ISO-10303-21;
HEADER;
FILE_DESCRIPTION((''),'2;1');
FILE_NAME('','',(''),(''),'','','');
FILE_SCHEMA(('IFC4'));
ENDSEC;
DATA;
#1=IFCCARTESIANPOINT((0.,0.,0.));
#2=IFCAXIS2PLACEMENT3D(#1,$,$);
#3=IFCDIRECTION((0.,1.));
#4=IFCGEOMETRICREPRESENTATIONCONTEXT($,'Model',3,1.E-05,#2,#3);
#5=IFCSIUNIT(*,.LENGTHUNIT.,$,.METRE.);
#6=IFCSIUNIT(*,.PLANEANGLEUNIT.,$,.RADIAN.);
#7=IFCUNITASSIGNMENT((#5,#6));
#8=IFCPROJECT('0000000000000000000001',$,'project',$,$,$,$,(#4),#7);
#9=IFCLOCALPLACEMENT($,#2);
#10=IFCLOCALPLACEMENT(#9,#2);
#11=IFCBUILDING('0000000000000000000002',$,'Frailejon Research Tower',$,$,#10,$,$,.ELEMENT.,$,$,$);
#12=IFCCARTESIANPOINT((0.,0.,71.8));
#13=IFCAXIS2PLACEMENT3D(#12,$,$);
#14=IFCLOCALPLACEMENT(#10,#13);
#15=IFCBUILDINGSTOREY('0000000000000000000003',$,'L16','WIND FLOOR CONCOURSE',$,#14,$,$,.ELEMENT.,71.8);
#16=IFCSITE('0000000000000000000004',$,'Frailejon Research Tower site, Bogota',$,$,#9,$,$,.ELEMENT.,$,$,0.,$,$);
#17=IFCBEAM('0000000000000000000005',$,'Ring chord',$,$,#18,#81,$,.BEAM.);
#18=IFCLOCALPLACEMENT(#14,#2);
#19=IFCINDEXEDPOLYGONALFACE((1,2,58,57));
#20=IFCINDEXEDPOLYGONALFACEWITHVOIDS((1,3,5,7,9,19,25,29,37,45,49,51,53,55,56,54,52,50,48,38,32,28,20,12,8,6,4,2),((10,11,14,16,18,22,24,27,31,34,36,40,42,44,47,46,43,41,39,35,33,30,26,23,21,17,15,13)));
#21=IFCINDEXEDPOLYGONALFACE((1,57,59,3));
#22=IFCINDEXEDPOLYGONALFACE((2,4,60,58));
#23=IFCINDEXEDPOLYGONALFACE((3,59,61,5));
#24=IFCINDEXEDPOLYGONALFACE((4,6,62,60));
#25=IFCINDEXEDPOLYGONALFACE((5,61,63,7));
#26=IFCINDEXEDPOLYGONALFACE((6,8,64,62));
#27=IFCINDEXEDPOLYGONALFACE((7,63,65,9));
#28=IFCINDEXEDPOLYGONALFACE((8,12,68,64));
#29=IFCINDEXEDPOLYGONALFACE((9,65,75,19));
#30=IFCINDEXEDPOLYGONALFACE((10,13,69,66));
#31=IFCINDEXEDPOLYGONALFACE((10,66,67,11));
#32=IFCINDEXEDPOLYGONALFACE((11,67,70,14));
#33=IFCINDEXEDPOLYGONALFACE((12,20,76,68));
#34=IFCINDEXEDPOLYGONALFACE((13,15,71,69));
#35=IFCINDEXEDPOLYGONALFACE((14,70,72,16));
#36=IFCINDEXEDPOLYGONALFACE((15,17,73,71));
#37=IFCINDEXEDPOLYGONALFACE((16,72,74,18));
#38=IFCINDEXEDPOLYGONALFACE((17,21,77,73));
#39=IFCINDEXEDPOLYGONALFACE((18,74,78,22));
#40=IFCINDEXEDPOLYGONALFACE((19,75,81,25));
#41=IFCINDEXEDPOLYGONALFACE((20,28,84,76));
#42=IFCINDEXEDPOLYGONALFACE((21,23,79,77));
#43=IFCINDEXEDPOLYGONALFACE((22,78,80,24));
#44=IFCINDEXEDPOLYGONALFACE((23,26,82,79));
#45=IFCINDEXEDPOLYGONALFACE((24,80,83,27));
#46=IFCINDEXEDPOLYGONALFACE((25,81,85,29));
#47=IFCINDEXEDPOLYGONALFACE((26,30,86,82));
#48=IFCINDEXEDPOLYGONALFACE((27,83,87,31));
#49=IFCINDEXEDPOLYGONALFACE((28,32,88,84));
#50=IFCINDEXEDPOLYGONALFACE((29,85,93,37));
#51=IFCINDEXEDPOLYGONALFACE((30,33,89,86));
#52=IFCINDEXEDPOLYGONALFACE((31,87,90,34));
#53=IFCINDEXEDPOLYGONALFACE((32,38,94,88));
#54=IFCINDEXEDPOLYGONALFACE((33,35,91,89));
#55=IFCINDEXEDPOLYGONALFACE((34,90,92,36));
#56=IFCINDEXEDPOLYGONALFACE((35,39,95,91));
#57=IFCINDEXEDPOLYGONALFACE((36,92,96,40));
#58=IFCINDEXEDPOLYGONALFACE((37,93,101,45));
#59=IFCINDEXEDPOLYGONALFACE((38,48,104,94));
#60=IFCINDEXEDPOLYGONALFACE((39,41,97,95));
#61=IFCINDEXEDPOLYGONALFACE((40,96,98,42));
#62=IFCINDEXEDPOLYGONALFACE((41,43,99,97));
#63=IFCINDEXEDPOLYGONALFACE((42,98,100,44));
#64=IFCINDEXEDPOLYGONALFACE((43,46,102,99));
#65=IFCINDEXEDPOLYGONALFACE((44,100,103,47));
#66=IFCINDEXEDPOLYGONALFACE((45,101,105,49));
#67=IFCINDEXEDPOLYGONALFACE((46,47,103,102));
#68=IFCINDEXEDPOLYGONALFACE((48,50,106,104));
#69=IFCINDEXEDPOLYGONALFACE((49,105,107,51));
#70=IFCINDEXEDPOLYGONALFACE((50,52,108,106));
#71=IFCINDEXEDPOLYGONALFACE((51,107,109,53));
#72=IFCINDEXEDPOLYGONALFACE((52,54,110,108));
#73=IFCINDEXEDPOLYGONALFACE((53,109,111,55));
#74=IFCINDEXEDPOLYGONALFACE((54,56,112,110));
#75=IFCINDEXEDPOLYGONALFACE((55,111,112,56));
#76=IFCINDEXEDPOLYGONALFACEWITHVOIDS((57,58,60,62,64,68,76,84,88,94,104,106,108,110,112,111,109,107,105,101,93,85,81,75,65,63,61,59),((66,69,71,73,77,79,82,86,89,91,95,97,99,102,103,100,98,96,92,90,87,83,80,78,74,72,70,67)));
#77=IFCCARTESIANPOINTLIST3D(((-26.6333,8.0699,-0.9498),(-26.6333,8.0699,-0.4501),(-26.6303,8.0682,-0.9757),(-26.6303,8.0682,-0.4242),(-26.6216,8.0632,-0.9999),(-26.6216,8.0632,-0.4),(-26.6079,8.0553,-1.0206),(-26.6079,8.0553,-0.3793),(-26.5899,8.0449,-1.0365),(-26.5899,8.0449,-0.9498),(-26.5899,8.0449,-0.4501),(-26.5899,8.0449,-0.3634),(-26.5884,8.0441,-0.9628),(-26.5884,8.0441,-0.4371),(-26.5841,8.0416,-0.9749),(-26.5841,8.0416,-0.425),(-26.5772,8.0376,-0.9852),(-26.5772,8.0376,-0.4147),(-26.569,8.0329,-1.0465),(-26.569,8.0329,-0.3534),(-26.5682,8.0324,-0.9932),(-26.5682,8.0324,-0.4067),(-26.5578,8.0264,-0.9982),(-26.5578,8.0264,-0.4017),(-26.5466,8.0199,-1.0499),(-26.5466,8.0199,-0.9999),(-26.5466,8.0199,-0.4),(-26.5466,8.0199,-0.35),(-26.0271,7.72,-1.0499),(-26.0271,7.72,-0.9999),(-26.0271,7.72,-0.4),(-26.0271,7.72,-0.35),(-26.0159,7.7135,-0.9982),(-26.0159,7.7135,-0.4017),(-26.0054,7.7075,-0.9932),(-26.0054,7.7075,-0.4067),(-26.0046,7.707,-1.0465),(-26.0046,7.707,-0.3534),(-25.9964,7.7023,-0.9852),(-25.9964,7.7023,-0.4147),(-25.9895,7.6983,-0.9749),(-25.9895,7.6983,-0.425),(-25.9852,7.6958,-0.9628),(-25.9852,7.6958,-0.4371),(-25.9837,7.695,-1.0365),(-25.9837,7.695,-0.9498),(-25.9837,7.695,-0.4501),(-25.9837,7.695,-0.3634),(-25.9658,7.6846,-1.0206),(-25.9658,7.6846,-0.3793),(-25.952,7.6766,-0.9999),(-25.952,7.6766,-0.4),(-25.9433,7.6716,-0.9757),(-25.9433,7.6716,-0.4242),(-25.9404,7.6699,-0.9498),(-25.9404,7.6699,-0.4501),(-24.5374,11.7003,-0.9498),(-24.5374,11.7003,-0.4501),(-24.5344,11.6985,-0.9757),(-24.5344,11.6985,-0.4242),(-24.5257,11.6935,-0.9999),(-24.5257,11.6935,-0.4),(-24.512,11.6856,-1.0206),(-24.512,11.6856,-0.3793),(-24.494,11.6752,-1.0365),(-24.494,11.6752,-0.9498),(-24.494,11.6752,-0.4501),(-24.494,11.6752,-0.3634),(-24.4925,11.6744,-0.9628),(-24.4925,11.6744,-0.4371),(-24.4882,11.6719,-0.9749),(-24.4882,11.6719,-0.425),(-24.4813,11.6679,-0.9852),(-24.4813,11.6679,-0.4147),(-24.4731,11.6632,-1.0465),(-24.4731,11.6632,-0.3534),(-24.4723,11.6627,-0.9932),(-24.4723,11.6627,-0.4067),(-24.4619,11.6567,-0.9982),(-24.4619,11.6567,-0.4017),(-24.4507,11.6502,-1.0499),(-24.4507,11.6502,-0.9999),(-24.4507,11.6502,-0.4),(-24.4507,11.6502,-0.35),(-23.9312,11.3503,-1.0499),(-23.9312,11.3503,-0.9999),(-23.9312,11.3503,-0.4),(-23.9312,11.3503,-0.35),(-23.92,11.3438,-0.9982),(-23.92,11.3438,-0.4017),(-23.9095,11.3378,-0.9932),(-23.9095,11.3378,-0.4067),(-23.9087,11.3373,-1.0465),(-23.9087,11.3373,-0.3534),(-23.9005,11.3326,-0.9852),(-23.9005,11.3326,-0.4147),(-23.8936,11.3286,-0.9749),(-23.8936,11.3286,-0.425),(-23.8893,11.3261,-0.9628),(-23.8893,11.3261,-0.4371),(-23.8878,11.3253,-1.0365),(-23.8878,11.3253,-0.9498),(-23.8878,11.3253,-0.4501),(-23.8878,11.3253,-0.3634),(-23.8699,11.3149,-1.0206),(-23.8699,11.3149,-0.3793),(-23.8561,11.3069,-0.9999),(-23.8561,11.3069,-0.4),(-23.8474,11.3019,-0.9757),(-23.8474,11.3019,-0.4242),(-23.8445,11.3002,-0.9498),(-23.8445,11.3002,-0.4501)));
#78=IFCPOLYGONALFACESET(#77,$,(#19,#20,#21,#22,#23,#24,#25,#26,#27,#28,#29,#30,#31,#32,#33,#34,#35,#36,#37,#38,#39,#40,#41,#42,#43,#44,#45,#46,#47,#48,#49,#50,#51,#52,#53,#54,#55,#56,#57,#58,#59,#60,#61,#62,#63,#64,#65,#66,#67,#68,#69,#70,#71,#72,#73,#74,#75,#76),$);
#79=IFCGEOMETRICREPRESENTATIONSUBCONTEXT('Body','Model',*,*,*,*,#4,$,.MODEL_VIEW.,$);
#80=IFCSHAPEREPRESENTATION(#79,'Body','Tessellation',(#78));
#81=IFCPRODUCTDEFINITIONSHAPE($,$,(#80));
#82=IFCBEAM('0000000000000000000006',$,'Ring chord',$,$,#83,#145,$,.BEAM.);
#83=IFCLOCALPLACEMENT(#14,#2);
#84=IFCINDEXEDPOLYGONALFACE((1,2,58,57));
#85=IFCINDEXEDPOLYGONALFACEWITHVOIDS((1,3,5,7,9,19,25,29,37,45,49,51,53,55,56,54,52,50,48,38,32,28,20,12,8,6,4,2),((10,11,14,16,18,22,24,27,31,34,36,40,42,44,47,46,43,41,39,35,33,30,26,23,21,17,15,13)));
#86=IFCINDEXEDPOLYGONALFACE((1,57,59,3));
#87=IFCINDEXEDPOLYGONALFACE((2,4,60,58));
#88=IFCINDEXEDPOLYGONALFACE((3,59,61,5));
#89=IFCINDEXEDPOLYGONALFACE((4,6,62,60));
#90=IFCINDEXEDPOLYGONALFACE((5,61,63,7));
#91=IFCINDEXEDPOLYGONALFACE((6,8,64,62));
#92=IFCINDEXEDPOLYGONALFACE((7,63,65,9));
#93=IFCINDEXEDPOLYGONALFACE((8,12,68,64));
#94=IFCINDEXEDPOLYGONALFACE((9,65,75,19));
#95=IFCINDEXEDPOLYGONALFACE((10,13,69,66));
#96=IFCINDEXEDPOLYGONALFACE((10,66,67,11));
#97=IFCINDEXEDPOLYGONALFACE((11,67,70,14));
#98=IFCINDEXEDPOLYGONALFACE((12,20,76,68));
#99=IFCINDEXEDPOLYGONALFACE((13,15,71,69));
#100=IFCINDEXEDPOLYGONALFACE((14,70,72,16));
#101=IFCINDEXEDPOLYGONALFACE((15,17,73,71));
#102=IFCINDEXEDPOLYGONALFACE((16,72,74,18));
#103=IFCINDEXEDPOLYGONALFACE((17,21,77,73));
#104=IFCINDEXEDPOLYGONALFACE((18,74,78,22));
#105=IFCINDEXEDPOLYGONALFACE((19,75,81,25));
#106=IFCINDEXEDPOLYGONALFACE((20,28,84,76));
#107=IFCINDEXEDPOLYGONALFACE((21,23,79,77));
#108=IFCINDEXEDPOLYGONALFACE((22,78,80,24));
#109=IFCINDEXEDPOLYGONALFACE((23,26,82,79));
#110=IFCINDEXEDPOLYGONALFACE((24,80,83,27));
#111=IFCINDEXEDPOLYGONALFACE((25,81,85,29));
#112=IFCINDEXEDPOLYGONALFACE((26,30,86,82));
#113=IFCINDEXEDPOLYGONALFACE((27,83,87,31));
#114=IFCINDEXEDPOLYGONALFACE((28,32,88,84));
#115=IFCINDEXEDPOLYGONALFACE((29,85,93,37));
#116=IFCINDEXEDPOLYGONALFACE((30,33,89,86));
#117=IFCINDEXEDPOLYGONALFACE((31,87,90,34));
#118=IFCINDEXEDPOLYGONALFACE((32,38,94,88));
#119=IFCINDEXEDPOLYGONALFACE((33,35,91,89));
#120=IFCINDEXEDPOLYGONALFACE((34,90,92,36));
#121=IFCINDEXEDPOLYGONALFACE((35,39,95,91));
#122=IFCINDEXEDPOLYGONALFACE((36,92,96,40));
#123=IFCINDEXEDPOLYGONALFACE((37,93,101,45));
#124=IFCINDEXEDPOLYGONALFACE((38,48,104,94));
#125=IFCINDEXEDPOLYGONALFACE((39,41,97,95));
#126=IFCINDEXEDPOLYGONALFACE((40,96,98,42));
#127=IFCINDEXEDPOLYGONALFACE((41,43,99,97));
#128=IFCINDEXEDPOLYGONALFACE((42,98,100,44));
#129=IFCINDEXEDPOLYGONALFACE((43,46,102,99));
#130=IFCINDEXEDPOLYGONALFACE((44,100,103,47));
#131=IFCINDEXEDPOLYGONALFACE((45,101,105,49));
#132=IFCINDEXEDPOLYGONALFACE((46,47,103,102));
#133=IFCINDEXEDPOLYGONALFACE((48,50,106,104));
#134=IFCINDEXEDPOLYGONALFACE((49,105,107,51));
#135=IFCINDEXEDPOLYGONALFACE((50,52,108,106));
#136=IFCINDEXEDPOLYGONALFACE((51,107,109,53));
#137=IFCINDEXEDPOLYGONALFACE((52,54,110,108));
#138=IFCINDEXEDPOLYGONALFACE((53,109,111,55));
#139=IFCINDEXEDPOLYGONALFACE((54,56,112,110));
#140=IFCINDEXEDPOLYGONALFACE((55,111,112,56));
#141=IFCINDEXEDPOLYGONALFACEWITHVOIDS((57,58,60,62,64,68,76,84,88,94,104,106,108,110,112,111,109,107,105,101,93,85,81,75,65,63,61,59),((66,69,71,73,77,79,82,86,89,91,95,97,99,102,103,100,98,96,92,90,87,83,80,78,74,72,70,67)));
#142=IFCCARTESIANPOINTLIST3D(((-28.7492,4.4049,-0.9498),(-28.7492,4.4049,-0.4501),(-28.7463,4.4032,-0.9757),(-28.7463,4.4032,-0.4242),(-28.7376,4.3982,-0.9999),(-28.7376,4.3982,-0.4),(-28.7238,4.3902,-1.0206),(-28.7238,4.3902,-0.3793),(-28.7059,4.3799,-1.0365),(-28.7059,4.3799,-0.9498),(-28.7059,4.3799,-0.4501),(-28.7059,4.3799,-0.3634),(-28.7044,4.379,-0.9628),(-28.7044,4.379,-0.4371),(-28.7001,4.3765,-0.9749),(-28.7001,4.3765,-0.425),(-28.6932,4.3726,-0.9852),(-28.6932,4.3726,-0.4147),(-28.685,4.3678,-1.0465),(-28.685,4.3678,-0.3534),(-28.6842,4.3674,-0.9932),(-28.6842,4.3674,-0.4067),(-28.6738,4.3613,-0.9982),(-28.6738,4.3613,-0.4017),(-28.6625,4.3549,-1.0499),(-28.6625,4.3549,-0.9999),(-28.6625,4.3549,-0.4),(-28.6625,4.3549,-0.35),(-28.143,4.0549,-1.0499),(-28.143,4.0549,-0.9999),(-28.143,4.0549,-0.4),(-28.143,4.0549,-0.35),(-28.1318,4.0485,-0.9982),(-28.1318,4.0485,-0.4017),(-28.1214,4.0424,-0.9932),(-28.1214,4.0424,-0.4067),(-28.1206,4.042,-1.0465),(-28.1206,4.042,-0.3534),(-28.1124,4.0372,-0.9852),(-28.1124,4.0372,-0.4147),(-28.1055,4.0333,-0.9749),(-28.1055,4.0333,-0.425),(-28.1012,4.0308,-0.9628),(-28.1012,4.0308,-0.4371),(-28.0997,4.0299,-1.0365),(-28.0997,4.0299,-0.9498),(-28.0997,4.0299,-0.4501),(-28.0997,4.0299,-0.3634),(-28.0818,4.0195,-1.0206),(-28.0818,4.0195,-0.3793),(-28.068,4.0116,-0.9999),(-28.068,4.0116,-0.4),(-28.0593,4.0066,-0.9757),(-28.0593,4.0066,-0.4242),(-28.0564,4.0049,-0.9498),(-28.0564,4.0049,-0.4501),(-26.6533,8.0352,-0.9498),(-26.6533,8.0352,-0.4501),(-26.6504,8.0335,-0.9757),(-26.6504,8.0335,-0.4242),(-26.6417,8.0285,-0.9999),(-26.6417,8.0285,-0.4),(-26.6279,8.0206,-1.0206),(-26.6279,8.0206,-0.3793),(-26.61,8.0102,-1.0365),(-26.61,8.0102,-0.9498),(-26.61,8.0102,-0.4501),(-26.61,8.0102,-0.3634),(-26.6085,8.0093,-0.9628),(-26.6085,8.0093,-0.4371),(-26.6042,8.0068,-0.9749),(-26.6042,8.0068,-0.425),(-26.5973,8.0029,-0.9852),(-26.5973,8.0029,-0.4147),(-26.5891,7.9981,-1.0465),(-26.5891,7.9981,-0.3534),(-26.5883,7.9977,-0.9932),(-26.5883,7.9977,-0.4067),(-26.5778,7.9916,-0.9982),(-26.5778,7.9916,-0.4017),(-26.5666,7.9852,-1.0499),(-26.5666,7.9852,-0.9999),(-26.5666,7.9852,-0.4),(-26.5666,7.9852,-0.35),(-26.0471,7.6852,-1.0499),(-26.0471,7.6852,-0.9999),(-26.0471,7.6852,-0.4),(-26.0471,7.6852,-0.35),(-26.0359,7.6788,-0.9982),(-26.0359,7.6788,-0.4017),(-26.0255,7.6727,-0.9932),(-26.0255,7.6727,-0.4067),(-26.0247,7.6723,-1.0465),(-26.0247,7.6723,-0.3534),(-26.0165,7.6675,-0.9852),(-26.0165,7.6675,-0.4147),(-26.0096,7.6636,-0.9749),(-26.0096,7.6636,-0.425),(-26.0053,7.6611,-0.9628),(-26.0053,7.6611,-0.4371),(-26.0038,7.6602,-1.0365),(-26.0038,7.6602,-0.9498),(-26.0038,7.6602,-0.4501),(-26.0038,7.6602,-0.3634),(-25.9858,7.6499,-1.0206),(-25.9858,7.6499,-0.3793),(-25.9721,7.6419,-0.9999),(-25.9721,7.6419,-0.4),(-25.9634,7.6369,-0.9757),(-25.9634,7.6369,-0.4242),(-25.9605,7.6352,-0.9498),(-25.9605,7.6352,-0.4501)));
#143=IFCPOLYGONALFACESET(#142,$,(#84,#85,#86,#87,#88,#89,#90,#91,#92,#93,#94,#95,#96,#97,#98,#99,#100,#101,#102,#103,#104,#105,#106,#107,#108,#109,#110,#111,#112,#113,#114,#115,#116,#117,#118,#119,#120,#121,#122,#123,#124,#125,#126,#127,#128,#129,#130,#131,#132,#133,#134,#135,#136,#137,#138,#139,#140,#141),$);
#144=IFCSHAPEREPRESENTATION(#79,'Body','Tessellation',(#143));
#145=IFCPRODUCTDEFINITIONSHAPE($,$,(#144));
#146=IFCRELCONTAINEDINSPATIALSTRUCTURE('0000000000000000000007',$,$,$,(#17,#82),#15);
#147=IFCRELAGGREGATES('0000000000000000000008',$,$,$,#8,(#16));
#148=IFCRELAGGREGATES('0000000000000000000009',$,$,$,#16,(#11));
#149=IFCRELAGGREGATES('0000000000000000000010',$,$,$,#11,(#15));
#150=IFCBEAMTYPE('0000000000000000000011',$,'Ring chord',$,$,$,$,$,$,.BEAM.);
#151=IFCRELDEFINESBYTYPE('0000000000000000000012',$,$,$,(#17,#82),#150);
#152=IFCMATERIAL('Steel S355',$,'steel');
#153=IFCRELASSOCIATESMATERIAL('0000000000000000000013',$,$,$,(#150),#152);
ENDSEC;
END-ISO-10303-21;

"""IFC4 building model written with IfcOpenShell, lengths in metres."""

from ifc_helpers import new_model, si_unit, direction, frame, origin, origin_2d, place, context, subcontext, project, spatial, hollow_rectangle, extrude, material, material_profile, profile_set, type_object, element, save


model = new_model("IFC4")

# Units and contexts
model_context = context("Model", 3, precision=1e-05, world=origin(), true_north=direction((0.0, 1.0)))
body_context = subcontext(model_context, "Body", "Model", "MODEL_VIEW")
ifc_project = project(units=[si_unit("LENGTHUNIT", "METRE"), si_unit("PLANEANGLEUNIT", "RADIAN")], contexts=[model_context])

# Site, building, storey
site_placement = place(None, origin())
site = spatial("IfcSite", under=ifc_project, at=site_placement, Name="Frailejon Research Tower site, Bogota", CompositionType="ELEMENT", RefElevation=0.0)
building_placement = place(site_placement, origin())
building = spatial("IfcBuilding", under=site, at=building_placement, Name="Frailejon Research Tower", CompositionType="ELEMENT")
storey_placement = place(building_placement, frame((0.0, 0.0, 71.8)))
storey = spatial("IfcBuildingStorey", under=building, at=storey_placement, Name="L16", Description="WIND FLOOR CONCOURSE", CompositionType="ELEMENT", Elevation=71.8)

# Beams
ifc_material_1 = material(Name="Steel S355", Category="steel")
ifc_material_profile_1 = material_profile(ifc_material_1, hollow_rectangle(XDim=0.8, YDim=0.7, WallThickness=0.05, InnerFilletRadius=0.05, OuterFilletRadius=0.1001, at=origin_2d()), Name="Ring chord")
ifc_profile_set_1 = profile_set([ifc_material_profile_1], Name="Steel S355")
beam_type_1 = type_object("IfcBeamType", Name="Ring chord", PredefinedType="BEAM", material=ifc_profile_set_1)
for number, where, z_axis, x_axis, name in (
    (1, (-24.1909, 11.5002, -0.7), (-0.499991, -0.86603, 0.0), (0.86603, -0.499991, 0.0), "Ring chord"),
    (2, (-26.3069, 7.8352, -0.7), (-0.499991, -0.86603, 0.0), (0.86603, -0.499991, 0.0), "Ring chord"),
):
    element("IfcBeam", number, at=place(storey_placement, frame(where, z_axis=z_axis, x_axis=x_axis)), inside=storey, type_object=beam_type_1, Name=name, PredefinedType="BEAM", context=body_context, shape_type="SweptSolid", body=[
        extrude(hollow_rectangle(XDim=0.8, YDim=0.7, WallThickness=0.05, InnerFilletRadius=0.05, OuterFilletRadius=0.1001, at=origin_2d()), origin(), (0.0, 0.0, 1.0), 4.1919),
    ])

save(model, "model.ifc")
